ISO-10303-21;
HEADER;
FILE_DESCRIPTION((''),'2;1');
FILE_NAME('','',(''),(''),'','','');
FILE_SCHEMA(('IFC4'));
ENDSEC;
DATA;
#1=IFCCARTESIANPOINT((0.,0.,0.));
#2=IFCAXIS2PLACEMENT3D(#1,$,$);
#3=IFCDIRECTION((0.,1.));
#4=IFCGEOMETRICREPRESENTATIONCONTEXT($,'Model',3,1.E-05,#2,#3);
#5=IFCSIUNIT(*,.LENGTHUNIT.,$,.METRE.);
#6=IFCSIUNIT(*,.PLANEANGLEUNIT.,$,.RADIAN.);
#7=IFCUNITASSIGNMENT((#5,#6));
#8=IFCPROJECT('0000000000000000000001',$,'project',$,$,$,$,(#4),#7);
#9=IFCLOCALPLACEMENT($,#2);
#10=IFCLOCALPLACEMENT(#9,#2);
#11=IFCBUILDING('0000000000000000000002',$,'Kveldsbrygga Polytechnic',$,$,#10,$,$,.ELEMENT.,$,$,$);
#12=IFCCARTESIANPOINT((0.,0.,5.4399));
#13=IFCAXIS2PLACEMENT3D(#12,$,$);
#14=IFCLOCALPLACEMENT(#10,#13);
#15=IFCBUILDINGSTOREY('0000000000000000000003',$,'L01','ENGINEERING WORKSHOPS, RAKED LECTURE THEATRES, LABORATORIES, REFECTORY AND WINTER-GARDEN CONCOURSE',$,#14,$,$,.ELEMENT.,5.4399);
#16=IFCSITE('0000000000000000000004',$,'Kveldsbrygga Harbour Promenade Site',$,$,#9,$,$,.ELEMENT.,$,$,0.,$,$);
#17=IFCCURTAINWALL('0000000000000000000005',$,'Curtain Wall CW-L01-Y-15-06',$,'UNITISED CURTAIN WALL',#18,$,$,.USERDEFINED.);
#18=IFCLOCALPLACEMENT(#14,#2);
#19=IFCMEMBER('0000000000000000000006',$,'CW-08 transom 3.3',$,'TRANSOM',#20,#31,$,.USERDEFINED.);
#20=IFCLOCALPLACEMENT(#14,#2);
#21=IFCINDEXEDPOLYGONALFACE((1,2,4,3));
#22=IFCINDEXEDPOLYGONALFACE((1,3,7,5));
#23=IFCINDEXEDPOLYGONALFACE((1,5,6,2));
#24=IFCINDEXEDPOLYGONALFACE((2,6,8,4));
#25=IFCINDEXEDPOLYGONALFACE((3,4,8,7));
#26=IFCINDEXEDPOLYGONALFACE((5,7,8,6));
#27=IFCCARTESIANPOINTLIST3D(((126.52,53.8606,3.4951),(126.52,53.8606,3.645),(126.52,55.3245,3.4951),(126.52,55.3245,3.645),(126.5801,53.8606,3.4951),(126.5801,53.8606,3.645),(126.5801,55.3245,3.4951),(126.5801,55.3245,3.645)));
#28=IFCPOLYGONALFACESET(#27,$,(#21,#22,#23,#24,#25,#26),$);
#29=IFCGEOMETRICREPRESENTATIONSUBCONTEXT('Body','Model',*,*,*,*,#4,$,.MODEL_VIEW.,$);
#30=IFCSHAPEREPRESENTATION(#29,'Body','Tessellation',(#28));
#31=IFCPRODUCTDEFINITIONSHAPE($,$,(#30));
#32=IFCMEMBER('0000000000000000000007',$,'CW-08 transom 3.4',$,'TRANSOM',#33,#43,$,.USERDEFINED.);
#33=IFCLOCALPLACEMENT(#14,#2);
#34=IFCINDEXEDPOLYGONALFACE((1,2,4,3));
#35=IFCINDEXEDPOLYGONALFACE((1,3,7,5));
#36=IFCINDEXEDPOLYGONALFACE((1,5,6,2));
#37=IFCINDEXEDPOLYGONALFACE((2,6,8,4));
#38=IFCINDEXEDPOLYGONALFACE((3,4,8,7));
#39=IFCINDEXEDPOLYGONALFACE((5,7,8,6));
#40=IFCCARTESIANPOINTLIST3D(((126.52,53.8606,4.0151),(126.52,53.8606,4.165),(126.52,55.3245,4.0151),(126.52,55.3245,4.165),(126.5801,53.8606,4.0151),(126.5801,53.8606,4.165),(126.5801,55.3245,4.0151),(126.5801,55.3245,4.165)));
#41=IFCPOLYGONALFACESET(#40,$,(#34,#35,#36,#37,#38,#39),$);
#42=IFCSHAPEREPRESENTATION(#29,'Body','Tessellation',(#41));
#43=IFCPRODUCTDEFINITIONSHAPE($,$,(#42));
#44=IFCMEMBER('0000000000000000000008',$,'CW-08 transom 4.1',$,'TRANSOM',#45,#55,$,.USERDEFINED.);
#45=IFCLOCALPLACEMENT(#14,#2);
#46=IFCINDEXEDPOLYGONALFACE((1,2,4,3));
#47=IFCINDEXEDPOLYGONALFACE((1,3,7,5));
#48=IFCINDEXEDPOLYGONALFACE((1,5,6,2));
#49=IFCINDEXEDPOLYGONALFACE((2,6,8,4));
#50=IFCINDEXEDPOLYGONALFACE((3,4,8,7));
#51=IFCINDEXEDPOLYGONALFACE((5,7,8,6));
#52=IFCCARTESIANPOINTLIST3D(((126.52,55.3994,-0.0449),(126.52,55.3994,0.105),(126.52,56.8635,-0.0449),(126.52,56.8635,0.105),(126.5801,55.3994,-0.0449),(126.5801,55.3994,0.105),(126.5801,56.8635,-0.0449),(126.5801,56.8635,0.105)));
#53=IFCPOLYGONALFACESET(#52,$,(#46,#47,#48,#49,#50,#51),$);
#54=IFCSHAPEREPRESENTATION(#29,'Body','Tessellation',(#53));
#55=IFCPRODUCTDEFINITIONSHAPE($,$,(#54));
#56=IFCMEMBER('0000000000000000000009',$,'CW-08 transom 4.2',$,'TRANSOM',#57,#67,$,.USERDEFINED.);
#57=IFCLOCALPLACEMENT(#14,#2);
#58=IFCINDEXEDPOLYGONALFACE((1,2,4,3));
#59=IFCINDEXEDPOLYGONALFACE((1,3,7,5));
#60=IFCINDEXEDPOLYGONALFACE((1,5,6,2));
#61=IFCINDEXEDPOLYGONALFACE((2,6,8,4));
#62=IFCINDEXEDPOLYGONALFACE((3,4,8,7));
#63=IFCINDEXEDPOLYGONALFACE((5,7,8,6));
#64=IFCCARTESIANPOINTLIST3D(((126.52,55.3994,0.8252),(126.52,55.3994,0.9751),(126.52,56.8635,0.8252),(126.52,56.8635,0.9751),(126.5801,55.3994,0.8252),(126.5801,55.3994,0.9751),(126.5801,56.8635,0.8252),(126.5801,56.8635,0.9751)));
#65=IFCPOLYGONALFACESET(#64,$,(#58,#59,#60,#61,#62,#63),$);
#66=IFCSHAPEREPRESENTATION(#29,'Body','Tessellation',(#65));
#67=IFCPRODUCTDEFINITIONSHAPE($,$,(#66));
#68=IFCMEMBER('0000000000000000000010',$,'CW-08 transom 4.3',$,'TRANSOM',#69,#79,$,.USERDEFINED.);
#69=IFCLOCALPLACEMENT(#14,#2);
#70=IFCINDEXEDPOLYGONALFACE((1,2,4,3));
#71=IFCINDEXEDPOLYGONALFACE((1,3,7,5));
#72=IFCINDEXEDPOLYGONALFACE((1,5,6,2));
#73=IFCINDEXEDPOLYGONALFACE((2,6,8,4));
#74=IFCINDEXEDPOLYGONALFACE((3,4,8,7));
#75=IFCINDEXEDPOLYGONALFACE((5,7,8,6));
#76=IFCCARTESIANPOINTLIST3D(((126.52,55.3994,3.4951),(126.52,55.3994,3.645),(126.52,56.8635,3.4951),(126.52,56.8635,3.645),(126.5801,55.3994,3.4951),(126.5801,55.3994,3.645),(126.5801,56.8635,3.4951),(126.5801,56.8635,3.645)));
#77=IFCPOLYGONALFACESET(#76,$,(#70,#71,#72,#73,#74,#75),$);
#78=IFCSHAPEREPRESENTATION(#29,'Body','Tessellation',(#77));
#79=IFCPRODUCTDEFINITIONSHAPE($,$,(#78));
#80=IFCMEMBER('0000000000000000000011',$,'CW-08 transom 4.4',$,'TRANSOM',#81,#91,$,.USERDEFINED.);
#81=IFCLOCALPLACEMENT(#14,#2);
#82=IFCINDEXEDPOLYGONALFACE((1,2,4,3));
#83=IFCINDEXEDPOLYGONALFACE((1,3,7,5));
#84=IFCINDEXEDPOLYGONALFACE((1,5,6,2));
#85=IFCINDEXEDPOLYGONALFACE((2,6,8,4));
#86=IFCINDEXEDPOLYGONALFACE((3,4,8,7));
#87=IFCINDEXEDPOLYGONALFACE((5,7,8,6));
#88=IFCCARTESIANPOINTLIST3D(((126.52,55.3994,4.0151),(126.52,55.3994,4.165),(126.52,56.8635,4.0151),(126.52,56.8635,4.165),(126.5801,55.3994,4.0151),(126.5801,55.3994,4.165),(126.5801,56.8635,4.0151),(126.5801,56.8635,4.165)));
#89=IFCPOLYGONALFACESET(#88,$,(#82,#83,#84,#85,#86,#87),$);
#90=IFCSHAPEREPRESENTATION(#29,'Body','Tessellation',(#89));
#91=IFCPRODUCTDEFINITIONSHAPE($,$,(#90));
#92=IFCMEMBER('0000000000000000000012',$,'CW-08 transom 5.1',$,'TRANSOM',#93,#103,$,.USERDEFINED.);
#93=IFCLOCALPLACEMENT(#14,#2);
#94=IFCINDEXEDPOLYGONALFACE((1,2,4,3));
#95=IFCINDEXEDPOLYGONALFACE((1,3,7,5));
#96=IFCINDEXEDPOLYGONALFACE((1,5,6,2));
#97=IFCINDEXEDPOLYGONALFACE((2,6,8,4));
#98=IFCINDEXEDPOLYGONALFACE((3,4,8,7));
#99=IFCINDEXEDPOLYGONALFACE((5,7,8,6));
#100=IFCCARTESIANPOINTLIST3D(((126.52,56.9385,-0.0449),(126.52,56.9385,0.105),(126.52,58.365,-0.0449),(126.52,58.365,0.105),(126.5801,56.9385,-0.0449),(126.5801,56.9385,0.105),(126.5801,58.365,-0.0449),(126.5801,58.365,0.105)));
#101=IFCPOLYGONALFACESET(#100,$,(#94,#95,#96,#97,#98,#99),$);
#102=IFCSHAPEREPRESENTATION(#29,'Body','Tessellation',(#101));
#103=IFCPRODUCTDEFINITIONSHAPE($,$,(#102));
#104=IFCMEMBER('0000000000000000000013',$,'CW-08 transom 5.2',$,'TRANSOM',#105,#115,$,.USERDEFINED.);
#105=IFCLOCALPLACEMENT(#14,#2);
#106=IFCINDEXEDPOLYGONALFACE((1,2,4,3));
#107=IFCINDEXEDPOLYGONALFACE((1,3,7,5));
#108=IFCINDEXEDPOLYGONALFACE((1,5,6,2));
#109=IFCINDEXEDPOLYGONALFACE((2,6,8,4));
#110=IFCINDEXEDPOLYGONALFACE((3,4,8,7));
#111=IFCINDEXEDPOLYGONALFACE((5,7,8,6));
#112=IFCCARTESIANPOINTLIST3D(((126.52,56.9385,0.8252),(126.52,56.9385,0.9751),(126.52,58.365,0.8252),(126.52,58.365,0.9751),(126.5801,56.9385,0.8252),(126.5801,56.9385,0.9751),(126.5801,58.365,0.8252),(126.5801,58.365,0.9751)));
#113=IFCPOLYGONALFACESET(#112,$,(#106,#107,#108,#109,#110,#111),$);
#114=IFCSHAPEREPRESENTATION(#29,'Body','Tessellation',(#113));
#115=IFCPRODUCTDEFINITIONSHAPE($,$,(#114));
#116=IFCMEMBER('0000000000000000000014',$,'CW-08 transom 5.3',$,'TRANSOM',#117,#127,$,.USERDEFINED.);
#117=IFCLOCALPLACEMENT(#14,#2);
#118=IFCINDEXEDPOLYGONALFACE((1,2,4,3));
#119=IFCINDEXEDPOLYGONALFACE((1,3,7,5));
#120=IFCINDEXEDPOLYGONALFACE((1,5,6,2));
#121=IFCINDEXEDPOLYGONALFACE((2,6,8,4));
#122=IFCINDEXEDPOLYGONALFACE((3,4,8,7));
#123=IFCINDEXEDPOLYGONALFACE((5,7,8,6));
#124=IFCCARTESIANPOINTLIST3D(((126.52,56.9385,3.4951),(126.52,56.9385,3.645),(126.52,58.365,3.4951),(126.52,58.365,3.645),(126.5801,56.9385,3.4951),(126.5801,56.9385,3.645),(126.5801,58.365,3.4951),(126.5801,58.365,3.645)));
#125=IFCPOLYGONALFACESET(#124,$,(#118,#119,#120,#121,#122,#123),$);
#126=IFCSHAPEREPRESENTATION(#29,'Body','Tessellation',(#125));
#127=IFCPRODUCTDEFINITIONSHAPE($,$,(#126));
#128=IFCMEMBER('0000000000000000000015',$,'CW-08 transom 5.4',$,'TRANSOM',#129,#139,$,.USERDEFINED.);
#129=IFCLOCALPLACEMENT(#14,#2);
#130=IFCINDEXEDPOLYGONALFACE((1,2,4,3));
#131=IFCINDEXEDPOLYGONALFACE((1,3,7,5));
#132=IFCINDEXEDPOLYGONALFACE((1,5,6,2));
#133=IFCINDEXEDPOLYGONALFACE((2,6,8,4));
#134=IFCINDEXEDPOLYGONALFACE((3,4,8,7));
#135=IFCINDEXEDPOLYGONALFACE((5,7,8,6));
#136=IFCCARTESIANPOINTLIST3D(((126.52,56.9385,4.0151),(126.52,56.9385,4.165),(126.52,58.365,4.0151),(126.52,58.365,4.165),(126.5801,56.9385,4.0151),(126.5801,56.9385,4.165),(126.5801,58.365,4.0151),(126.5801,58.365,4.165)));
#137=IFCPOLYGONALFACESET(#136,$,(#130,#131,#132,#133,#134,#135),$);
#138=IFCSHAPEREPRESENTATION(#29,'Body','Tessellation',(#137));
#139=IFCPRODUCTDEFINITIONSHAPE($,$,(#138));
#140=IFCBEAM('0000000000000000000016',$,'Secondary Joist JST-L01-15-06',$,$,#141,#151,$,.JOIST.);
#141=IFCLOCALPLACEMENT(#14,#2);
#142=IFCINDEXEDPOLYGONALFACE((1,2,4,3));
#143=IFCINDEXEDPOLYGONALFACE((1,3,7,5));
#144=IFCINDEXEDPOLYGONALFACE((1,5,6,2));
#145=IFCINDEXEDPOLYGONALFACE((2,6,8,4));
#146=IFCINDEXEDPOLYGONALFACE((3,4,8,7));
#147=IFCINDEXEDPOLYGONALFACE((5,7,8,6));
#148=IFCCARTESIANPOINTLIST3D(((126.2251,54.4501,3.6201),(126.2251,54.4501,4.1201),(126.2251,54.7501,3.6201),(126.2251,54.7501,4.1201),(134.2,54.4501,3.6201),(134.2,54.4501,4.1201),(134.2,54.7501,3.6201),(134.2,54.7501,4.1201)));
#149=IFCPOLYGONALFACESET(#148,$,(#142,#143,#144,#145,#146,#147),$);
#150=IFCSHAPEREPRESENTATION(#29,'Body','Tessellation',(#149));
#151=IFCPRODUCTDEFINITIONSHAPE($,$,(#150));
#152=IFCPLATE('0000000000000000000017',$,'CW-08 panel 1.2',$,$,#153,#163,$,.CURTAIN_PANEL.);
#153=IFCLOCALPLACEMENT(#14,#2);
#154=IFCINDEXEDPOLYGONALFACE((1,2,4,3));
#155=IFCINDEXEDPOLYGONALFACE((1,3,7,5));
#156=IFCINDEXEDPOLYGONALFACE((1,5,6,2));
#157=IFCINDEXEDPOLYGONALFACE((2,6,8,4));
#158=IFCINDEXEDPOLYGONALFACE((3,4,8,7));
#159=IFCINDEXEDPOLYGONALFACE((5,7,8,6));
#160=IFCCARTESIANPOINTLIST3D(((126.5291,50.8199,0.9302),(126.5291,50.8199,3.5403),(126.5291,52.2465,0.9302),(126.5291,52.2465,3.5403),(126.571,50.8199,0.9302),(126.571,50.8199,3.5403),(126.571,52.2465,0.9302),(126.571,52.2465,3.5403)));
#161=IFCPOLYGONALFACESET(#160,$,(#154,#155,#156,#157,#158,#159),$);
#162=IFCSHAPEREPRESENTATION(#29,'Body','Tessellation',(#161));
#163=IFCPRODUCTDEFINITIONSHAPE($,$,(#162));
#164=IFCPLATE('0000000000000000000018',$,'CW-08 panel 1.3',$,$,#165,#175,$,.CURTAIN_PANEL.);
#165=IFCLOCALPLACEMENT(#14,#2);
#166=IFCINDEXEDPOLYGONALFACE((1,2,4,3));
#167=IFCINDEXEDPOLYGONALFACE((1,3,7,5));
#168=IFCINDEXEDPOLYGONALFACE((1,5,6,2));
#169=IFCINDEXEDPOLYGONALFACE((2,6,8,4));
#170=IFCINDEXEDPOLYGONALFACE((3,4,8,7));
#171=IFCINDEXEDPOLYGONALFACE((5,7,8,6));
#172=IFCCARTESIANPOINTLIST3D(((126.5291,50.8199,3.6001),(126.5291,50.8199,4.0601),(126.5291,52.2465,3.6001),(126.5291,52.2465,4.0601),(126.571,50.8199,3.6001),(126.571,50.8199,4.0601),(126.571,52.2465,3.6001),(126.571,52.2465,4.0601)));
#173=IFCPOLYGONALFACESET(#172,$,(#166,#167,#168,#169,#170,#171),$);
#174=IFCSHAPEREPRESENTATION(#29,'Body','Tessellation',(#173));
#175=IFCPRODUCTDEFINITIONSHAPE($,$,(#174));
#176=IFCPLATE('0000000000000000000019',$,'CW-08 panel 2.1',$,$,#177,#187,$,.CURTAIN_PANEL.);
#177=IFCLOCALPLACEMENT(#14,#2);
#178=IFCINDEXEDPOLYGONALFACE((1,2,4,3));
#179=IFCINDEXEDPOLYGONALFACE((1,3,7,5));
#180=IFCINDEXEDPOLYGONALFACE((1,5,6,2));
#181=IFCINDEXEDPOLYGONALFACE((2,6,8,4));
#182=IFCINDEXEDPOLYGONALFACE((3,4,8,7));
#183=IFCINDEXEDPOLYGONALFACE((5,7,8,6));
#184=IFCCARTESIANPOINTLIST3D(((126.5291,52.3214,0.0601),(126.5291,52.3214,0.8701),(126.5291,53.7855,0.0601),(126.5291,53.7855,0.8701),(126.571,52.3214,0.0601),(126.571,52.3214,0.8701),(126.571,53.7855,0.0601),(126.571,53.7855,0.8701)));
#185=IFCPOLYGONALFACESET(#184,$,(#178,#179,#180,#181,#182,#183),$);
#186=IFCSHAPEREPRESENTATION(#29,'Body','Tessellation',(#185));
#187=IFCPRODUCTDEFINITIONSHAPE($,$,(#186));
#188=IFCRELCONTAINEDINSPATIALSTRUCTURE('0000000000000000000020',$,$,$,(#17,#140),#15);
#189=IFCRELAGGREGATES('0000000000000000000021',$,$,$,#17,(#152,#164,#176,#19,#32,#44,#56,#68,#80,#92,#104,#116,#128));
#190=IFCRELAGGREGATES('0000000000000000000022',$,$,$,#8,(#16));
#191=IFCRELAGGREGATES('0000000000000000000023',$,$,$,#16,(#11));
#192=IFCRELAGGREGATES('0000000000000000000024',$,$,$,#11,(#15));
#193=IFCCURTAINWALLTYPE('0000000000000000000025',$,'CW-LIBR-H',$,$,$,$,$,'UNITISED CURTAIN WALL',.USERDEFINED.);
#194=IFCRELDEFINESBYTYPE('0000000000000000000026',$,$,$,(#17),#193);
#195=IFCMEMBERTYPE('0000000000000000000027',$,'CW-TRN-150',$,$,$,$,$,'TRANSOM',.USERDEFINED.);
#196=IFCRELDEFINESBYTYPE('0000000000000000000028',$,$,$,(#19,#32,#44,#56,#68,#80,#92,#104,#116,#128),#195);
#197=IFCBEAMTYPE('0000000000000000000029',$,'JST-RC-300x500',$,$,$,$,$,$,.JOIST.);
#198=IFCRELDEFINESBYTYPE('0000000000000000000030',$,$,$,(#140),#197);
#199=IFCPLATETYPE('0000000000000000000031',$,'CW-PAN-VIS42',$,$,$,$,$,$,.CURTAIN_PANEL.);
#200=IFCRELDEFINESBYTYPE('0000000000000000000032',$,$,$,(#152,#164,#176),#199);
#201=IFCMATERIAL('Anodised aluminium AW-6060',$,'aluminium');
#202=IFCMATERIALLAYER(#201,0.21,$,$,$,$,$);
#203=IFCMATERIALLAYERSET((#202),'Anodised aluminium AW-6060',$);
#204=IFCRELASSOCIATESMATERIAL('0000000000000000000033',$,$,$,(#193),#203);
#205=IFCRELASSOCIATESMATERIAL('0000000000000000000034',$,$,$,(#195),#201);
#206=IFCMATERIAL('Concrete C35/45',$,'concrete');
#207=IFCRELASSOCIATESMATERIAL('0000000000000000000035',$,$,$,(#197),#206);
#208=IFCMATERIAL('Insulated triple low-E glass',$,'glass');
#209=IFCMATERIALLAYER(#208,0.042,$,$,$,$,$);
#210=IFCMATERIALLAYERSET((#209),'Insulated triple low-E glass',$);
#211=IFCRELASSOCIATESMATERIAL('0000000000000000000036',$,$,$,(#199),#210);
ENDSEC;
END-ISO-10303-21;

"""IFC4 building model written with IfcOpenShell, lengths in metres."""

from ifc_helpers import new_model, si_unit, direction, frame, origin, origin_2d, place, context, subcontext, project, spatial, rectangle, extrude, material, layer, layer_set, material_profile, profile_set, type_object, element, aggregate, save


model = new_model("IFC4")

# Units and contexts
model_context = context("Model", 3, precision=1e-05, world=origin(), true_north=direction((0.0, 1.0)))
body_context = subcontext(model_context, "Body", "Model", "MODEL_VIEW")
ifc_project = project(units=[si_unit("LENGTHUNIT", "METRE"), si_unit("PLANEANGLEUNIT", "RADIAN")], contexts=[model_context])

# Site, building, storey
site_placement = place(None, origin())
site = spatial("IfcSite", under=ifc_project, at=site_placement, Name="Kveldsbrygga Harbour Promenade Site", CompositionType="ELEMENT", RefElevation=0.0)
building_placement = place(site_placement, origin())
building = spatial("IfcBuilding", under=site, at=building_placement, Name="Kveldsbrygga Polytechnic", CompositionType="ELEMENT")
storey_placement = place(building_placement, frame((0.0, 0.0, 5.4399)))
storey = spatial("IfcBuildingStorey", under=building, at=storey_placement, Name="L01", Description="ENGINEERING WORKSHOPS, RAKED LECTURE THEATRES, LABORATORIES, REFECTORY AND WINTER-GARDEN CONCOURSE", CompositionType="ELEMENT", Elevation=5.4399)

# Shared definitions
ifc_material_1 = material(Name="Concrete C35/45", Category="concrete")

# Curtain wall, members
ifc_material_2 = material(Name="Anodised aluminium AW-6060", Category="aluminium")
ifc_layer_1 = layer(ifc_material_2, 0.21)
ifc_layer_set_1 = layer_set([ifc_layer_1], Name="Anodised aluminium AW-6060")
curtain_wall_type = type_object("IfcCurtainWallType", Name="CW-LIBR-H", ElementType="UNITISED CURTAIN WALL", PredefinedType="USERDEFINED", material=ifc_layer_set_1)
curtain_wall_placement = place(storey_placement, origin())
curtain_wall = element("IfcCurtainWall", 1, at=curtain_wall_placement, inside=storey, type_object=curtain_wall_type, Name="Curtain Wall CW-L01-Y-15-06", ObjectType="UNITISED CURTAIN WALL", PredefinedType="USERDEFINED")
ifc_material_profile_1 = material_profile(ifc_material_2, rectangle(XDim=0.0601, YDim=0.1499, at=origin_2d()), Name="ALU 60x150")
ifc_profile_set_1 = profile_set([ifc_material_profile_1], Name="Anodised aluminium AW-6060")
member_type_1 = type_object("IfcMemberType", Name="CW-TRN-150", ElementType="TRANSOM", PredefinedType="USERDEFINED", material=ifc_profile_set_1)
member_1_placement = place(storey_placement, frame((126.55, 53.8606, 3.5701), z_axis=(0.0, 1.0, 0.0), x_axis=(-1.0, 0.0, 0.0)))
member_1 = element("IfcMember", 2, at=member_1_placement, type_object=member_type_1, Name="CW-08 transom 3.3", ObjectType="TRANSOM", PredefinedType="USERDEFINED", context=body_context, shape_type="SweptSolid", body=[
    extrude(rectangle(XDim=0.0601, YDim=0.1499, at=origin_2d()), origin(), (0.0, 0.0, 1.0), 1.4639),
])
member_2_placement = place(storey_placement, frame((126.55, 53.8606, 4.0901), z_axis=(0.0, 1.0, 0.0), x_axis=(-1.0, 0.0, 0.0)))
member_2 = element("IfcMember", 3, at=member_2_placement, type_object=member_type_1, Name="CW-08 transom 3.4", ObjectType="TRANSOM", PredefinedType="USERDEFINED", context=body_context, shape_type="SweptSolid", body=[
    extrude(rectangle(XDim=0.0601, YDim=0.1499, at=origin_2d()), origin(), (0.0, 0.0, 1.0), 1.4639),
])
member_3_placement = place(storey_placement, frame((126.55, 55.3994, 0.03), z_axis=(0.0, 1.0, 0.0), x_axis=(-1.0, 0.0, 0.0)))
member_3 = element("IfcMember", 4, at=member_3_placement, type_object=member_type_1, Name="CW-08 transom 4.1", ObjectType="TRANSOM", PredefinedType="USERDEFINED", context=body_context, shape_type="SweptSolid", body=[
    extrude(rectangle(XDim=0.0601, YDim=0.1499, at=origin_2d()), origin(), (0.0, 0.0, 1.0), 1.4641),
])
member_4_placement = place(storey_placement, frame((126.55, 55.3994, 0.9001), z_axis=(0.0, 1.0, 0.0), x_axis=(-1.0, 0.0, 0.0)))
member_4 = element("IfcMember", 5, at=member_4_placement, type_object=member_type_1, Name="CW-08 transom 4.2", ObjectType="TRANSOM", PredefinedType="USERDEFINED", context=body_context, shape_type="SweptSolid", body=[
    extrude(rectangle(XDim=0.0601, YDim=0.1499, at=origin_2d()), origin(), (0.0, 0.0, 1.0), 1.4641),
])
member_5_placement = place(storey_placement, frame((126.55, 55.3994, 3.5701), z_axis=(0.0, 1.0, 0.0), x_axis=(-1.0, 0.0, 0.0)))
member_5 = element("IfcMember", 6, at=member_5_placement, type_object=member_type_1, Name="CW-08 transom 4.3", ObjectType="TRANSOM", PredefinedType="USERDEFINED", context=body_context, shape_type="SweptSolid", body=[
    extrude(rectangle(XDim=0.0601, YDim=0.1499, at=origin_2d()), origin(), (0.0, 0.0, 1.0), 1.4641),
])
member_6_placement = place(storey_placement, frame((126.55, 55.3994, 4.0901), z_axis=(0.0, 1.0, 0.0), x_axis=(-1.0, 0.0, 0.0)))
member_6 = element("IfcMember", 7, at=member_6_placement, type_object=member_type_1, Name="CW-08 transom 4.4", ObjectType="TRANSOM", PredefinedType="USERDEFINED", context=body_context, shape_type="SweptSolid", body=[
    extrude(rectangle(XDim=0.0601, YDim=0.1499, at=origin_2d()), origin(), (0.0, 0.0, 1.0), 1.4641),
])
member_7_placement = place(storey_placement, frame((126.55, 56.9385, 0.03), z_axis=(0.0, 1.0, 0.0), x_axis=(-1.0, 0.0, 0.0)))
member_7 = element("IfcMember", 8, at=member_7_placement, type_object=member_type_1, Name="CW-08 transom 5.1", ObjectType="TRANSOM", PredefinedType="USERDEFINED", context=body_context, shape_type="SweptSolid", body=[
    extrude(rectangle(XDim=0.0601, YDim=0.1499, at=origin_2d()), origin(), (0.0, 0.0, 1.0), 1.4265),
])
member_8_placement = place(storey_placement, frame((126.55, 56.9385, 0.9001), z_axis=(0.0, 1.0, 0.0), x_axis=(-1.0, 0.0, 0.0)))
member_8 = element("IfcMember", 9, at=member_8_placement, type_object=member_type_1, Name="CW-08 transom 5.2", ObjectType="TRANSOM", PredefinedType="USERDEFINED", context=body_context, shape_type="SweptSolid", body=[
    extrude(rectangle(XDim=0.0601, YDim=0.1499, at=origin_2d()), origin(), (0.0, 0.0, 1.0), 1.4265),
])
member_9_placement = place(storey_placement, frame((126.55, 56.9385, 3.5701), z_axis=(0.0, 1.0, 0.0), x_axis=(-1.0, 0.0, 0.0)))
member_9 = element("IfcMember", 10, at=member_9_placement, type_object=member_type_1, Name="CW-08 transom 5.3", ObjectType="TRANSOM", PredefinedType="USERDEFINED", context=body_context, shape_type="SweptSolid", body=[
    extrude(rectangle(XDim=0.0601, YDim=0.1499, at=origin_2d()), origin(), (0.0, 0.0, 1.0), 1.4265),
])
member_10_placement = place(storey_placement, frame((126.55, 56.9385, 4.0901), z_axis=(0.0, 1.0, 0.0), x_axis=(-1.0, 0.0, 0.0)))
member_10 = element("IfcMember", 11, at=member_10_placement, type_object=member_type_1, Name="CW-08 transom 5.4", ObjectType="TRANSOM", PredefinedType="USERDEFINED", context=body_context, shape_type="SweptSolid", body=[
    extrude(rectangle(XDim=0.0601, YDim=0.1499, at=origin_2d()), origin(), (0.0, 0.0, 1.0), 1.4265),
])

# Beam
ifc_material_profile_2 = material_profile(ifc_material_1, rectangle(XDim=0.3, YDim=0.5, at=origin_2d()), Name="RC 300x500")
ifc_profile_set_2 = profile_set([ifc_material_profile_2], Name="Concrete C35/45")
beam_type_1 = type_object("IfcBeamType", Name="JST-RC-300x500", PredefinedType="JOIST", material=ifc_profile_set_2)
beam_1_placement = place(storey_placement, frame((126.2251, 54.6001, 3.8701), z_axis=(1.0, 0.0, 0.0), x_axis=(0.0, 1.0, 0.0)))
element("IfcBeam", 12, at=beam_1_placement, inside=storey, type_object=beam_type_1, Name="Secondary Joist JST-L01-15-06", PredefinedType="JOIST", context=body_context, shape_type="SweptSolid", body=[
    extrude(rectangle(XDim=0.3, YDim=0.5, at=origin_2d()), origin(), (0.0, 0.0, 1.0), 7.9749),
])

# Plates
ifc_material_3 = material(Name="Insulated triple low-E glass", Category="glass")
ifc_layer_2 = layer(ifc_material_3, 0.042)
ifc_layer_set_2 = layer_set([ifc_layer_2], Name="Insulated triple low-E glass")
plate_type = type_object("IfcPlateType", Name="CW-PAN-VIS42", PredefinedType="CURTAIN_PANEL", material=ifc_layer_set_2)
plate_1_placement = place(storey_placement, frame((126.55, 51.5332, 0.9302), z_axis=(0.0, 0.0, 1.0), x_axis=(0.0, 1.0, 0.0)))
plate_1 = element("IfcPlate", 13, at=plate_1_placement, type_object=plate_type, Name="CW-08 panel 1.2", PredefinedType="CURTAIN_PANEL", context=body_context, shape_type="SweptSolid", body=[
    extrude(rectangle(XDim=1.4265, YDim=0.042, at=origin_2d()), origin(), (0.0, 0.0, 1.0), 2.6101),
])
plate_2_placement = place(storey_placement, frame((126.55, 51.5332, 3.6001), z_axis=(0.0, 0.0, 1.0), x_axis=(0.0, 1.0, 0.0)))
plate_2 = element("IfcPlate", 14, at=plate_2_placement, type_object=plate_type, Name="CW-08 panel 1.3", PredefinedType="CURTAIN_PANEL", context=body_context, shape_type="SweptSolid", body=[
    extrude(rectangle(XDim=1.4265, YDim=0.042, at=origin_2d()), origin(), (0.0, 0.0, 1.0), 0.46),
])
plate_3_placement = place(storey_placement, frame((126.55, 53.0535, 0.0601), z_axis=(0.0, 0.0, 1.0), x_axis=(0.0, 1.0, 0.0)))
plate_3 = element("IfcPlate", 15, at=plate_3_placement, type_object=plate_type, Name="CW-08 panel 2.1", PredefinedType="CURTAIN_PANEL", context=body_context, shape_type="SweptSolid", body=[
    extrude(rectangle(XDim=1.4641, YDim=0.042, at=origin_2d()), origin(), (0.0, 0.0, 1.0), 0.8101),
])
aggregate(curtain_wall, [plate_1, plate_2, plate_3, member_1, member_2, member_3, member_4, member_5, member_6, member_7, member_8, member_9, member_10])

save(model, "model.ifc")
